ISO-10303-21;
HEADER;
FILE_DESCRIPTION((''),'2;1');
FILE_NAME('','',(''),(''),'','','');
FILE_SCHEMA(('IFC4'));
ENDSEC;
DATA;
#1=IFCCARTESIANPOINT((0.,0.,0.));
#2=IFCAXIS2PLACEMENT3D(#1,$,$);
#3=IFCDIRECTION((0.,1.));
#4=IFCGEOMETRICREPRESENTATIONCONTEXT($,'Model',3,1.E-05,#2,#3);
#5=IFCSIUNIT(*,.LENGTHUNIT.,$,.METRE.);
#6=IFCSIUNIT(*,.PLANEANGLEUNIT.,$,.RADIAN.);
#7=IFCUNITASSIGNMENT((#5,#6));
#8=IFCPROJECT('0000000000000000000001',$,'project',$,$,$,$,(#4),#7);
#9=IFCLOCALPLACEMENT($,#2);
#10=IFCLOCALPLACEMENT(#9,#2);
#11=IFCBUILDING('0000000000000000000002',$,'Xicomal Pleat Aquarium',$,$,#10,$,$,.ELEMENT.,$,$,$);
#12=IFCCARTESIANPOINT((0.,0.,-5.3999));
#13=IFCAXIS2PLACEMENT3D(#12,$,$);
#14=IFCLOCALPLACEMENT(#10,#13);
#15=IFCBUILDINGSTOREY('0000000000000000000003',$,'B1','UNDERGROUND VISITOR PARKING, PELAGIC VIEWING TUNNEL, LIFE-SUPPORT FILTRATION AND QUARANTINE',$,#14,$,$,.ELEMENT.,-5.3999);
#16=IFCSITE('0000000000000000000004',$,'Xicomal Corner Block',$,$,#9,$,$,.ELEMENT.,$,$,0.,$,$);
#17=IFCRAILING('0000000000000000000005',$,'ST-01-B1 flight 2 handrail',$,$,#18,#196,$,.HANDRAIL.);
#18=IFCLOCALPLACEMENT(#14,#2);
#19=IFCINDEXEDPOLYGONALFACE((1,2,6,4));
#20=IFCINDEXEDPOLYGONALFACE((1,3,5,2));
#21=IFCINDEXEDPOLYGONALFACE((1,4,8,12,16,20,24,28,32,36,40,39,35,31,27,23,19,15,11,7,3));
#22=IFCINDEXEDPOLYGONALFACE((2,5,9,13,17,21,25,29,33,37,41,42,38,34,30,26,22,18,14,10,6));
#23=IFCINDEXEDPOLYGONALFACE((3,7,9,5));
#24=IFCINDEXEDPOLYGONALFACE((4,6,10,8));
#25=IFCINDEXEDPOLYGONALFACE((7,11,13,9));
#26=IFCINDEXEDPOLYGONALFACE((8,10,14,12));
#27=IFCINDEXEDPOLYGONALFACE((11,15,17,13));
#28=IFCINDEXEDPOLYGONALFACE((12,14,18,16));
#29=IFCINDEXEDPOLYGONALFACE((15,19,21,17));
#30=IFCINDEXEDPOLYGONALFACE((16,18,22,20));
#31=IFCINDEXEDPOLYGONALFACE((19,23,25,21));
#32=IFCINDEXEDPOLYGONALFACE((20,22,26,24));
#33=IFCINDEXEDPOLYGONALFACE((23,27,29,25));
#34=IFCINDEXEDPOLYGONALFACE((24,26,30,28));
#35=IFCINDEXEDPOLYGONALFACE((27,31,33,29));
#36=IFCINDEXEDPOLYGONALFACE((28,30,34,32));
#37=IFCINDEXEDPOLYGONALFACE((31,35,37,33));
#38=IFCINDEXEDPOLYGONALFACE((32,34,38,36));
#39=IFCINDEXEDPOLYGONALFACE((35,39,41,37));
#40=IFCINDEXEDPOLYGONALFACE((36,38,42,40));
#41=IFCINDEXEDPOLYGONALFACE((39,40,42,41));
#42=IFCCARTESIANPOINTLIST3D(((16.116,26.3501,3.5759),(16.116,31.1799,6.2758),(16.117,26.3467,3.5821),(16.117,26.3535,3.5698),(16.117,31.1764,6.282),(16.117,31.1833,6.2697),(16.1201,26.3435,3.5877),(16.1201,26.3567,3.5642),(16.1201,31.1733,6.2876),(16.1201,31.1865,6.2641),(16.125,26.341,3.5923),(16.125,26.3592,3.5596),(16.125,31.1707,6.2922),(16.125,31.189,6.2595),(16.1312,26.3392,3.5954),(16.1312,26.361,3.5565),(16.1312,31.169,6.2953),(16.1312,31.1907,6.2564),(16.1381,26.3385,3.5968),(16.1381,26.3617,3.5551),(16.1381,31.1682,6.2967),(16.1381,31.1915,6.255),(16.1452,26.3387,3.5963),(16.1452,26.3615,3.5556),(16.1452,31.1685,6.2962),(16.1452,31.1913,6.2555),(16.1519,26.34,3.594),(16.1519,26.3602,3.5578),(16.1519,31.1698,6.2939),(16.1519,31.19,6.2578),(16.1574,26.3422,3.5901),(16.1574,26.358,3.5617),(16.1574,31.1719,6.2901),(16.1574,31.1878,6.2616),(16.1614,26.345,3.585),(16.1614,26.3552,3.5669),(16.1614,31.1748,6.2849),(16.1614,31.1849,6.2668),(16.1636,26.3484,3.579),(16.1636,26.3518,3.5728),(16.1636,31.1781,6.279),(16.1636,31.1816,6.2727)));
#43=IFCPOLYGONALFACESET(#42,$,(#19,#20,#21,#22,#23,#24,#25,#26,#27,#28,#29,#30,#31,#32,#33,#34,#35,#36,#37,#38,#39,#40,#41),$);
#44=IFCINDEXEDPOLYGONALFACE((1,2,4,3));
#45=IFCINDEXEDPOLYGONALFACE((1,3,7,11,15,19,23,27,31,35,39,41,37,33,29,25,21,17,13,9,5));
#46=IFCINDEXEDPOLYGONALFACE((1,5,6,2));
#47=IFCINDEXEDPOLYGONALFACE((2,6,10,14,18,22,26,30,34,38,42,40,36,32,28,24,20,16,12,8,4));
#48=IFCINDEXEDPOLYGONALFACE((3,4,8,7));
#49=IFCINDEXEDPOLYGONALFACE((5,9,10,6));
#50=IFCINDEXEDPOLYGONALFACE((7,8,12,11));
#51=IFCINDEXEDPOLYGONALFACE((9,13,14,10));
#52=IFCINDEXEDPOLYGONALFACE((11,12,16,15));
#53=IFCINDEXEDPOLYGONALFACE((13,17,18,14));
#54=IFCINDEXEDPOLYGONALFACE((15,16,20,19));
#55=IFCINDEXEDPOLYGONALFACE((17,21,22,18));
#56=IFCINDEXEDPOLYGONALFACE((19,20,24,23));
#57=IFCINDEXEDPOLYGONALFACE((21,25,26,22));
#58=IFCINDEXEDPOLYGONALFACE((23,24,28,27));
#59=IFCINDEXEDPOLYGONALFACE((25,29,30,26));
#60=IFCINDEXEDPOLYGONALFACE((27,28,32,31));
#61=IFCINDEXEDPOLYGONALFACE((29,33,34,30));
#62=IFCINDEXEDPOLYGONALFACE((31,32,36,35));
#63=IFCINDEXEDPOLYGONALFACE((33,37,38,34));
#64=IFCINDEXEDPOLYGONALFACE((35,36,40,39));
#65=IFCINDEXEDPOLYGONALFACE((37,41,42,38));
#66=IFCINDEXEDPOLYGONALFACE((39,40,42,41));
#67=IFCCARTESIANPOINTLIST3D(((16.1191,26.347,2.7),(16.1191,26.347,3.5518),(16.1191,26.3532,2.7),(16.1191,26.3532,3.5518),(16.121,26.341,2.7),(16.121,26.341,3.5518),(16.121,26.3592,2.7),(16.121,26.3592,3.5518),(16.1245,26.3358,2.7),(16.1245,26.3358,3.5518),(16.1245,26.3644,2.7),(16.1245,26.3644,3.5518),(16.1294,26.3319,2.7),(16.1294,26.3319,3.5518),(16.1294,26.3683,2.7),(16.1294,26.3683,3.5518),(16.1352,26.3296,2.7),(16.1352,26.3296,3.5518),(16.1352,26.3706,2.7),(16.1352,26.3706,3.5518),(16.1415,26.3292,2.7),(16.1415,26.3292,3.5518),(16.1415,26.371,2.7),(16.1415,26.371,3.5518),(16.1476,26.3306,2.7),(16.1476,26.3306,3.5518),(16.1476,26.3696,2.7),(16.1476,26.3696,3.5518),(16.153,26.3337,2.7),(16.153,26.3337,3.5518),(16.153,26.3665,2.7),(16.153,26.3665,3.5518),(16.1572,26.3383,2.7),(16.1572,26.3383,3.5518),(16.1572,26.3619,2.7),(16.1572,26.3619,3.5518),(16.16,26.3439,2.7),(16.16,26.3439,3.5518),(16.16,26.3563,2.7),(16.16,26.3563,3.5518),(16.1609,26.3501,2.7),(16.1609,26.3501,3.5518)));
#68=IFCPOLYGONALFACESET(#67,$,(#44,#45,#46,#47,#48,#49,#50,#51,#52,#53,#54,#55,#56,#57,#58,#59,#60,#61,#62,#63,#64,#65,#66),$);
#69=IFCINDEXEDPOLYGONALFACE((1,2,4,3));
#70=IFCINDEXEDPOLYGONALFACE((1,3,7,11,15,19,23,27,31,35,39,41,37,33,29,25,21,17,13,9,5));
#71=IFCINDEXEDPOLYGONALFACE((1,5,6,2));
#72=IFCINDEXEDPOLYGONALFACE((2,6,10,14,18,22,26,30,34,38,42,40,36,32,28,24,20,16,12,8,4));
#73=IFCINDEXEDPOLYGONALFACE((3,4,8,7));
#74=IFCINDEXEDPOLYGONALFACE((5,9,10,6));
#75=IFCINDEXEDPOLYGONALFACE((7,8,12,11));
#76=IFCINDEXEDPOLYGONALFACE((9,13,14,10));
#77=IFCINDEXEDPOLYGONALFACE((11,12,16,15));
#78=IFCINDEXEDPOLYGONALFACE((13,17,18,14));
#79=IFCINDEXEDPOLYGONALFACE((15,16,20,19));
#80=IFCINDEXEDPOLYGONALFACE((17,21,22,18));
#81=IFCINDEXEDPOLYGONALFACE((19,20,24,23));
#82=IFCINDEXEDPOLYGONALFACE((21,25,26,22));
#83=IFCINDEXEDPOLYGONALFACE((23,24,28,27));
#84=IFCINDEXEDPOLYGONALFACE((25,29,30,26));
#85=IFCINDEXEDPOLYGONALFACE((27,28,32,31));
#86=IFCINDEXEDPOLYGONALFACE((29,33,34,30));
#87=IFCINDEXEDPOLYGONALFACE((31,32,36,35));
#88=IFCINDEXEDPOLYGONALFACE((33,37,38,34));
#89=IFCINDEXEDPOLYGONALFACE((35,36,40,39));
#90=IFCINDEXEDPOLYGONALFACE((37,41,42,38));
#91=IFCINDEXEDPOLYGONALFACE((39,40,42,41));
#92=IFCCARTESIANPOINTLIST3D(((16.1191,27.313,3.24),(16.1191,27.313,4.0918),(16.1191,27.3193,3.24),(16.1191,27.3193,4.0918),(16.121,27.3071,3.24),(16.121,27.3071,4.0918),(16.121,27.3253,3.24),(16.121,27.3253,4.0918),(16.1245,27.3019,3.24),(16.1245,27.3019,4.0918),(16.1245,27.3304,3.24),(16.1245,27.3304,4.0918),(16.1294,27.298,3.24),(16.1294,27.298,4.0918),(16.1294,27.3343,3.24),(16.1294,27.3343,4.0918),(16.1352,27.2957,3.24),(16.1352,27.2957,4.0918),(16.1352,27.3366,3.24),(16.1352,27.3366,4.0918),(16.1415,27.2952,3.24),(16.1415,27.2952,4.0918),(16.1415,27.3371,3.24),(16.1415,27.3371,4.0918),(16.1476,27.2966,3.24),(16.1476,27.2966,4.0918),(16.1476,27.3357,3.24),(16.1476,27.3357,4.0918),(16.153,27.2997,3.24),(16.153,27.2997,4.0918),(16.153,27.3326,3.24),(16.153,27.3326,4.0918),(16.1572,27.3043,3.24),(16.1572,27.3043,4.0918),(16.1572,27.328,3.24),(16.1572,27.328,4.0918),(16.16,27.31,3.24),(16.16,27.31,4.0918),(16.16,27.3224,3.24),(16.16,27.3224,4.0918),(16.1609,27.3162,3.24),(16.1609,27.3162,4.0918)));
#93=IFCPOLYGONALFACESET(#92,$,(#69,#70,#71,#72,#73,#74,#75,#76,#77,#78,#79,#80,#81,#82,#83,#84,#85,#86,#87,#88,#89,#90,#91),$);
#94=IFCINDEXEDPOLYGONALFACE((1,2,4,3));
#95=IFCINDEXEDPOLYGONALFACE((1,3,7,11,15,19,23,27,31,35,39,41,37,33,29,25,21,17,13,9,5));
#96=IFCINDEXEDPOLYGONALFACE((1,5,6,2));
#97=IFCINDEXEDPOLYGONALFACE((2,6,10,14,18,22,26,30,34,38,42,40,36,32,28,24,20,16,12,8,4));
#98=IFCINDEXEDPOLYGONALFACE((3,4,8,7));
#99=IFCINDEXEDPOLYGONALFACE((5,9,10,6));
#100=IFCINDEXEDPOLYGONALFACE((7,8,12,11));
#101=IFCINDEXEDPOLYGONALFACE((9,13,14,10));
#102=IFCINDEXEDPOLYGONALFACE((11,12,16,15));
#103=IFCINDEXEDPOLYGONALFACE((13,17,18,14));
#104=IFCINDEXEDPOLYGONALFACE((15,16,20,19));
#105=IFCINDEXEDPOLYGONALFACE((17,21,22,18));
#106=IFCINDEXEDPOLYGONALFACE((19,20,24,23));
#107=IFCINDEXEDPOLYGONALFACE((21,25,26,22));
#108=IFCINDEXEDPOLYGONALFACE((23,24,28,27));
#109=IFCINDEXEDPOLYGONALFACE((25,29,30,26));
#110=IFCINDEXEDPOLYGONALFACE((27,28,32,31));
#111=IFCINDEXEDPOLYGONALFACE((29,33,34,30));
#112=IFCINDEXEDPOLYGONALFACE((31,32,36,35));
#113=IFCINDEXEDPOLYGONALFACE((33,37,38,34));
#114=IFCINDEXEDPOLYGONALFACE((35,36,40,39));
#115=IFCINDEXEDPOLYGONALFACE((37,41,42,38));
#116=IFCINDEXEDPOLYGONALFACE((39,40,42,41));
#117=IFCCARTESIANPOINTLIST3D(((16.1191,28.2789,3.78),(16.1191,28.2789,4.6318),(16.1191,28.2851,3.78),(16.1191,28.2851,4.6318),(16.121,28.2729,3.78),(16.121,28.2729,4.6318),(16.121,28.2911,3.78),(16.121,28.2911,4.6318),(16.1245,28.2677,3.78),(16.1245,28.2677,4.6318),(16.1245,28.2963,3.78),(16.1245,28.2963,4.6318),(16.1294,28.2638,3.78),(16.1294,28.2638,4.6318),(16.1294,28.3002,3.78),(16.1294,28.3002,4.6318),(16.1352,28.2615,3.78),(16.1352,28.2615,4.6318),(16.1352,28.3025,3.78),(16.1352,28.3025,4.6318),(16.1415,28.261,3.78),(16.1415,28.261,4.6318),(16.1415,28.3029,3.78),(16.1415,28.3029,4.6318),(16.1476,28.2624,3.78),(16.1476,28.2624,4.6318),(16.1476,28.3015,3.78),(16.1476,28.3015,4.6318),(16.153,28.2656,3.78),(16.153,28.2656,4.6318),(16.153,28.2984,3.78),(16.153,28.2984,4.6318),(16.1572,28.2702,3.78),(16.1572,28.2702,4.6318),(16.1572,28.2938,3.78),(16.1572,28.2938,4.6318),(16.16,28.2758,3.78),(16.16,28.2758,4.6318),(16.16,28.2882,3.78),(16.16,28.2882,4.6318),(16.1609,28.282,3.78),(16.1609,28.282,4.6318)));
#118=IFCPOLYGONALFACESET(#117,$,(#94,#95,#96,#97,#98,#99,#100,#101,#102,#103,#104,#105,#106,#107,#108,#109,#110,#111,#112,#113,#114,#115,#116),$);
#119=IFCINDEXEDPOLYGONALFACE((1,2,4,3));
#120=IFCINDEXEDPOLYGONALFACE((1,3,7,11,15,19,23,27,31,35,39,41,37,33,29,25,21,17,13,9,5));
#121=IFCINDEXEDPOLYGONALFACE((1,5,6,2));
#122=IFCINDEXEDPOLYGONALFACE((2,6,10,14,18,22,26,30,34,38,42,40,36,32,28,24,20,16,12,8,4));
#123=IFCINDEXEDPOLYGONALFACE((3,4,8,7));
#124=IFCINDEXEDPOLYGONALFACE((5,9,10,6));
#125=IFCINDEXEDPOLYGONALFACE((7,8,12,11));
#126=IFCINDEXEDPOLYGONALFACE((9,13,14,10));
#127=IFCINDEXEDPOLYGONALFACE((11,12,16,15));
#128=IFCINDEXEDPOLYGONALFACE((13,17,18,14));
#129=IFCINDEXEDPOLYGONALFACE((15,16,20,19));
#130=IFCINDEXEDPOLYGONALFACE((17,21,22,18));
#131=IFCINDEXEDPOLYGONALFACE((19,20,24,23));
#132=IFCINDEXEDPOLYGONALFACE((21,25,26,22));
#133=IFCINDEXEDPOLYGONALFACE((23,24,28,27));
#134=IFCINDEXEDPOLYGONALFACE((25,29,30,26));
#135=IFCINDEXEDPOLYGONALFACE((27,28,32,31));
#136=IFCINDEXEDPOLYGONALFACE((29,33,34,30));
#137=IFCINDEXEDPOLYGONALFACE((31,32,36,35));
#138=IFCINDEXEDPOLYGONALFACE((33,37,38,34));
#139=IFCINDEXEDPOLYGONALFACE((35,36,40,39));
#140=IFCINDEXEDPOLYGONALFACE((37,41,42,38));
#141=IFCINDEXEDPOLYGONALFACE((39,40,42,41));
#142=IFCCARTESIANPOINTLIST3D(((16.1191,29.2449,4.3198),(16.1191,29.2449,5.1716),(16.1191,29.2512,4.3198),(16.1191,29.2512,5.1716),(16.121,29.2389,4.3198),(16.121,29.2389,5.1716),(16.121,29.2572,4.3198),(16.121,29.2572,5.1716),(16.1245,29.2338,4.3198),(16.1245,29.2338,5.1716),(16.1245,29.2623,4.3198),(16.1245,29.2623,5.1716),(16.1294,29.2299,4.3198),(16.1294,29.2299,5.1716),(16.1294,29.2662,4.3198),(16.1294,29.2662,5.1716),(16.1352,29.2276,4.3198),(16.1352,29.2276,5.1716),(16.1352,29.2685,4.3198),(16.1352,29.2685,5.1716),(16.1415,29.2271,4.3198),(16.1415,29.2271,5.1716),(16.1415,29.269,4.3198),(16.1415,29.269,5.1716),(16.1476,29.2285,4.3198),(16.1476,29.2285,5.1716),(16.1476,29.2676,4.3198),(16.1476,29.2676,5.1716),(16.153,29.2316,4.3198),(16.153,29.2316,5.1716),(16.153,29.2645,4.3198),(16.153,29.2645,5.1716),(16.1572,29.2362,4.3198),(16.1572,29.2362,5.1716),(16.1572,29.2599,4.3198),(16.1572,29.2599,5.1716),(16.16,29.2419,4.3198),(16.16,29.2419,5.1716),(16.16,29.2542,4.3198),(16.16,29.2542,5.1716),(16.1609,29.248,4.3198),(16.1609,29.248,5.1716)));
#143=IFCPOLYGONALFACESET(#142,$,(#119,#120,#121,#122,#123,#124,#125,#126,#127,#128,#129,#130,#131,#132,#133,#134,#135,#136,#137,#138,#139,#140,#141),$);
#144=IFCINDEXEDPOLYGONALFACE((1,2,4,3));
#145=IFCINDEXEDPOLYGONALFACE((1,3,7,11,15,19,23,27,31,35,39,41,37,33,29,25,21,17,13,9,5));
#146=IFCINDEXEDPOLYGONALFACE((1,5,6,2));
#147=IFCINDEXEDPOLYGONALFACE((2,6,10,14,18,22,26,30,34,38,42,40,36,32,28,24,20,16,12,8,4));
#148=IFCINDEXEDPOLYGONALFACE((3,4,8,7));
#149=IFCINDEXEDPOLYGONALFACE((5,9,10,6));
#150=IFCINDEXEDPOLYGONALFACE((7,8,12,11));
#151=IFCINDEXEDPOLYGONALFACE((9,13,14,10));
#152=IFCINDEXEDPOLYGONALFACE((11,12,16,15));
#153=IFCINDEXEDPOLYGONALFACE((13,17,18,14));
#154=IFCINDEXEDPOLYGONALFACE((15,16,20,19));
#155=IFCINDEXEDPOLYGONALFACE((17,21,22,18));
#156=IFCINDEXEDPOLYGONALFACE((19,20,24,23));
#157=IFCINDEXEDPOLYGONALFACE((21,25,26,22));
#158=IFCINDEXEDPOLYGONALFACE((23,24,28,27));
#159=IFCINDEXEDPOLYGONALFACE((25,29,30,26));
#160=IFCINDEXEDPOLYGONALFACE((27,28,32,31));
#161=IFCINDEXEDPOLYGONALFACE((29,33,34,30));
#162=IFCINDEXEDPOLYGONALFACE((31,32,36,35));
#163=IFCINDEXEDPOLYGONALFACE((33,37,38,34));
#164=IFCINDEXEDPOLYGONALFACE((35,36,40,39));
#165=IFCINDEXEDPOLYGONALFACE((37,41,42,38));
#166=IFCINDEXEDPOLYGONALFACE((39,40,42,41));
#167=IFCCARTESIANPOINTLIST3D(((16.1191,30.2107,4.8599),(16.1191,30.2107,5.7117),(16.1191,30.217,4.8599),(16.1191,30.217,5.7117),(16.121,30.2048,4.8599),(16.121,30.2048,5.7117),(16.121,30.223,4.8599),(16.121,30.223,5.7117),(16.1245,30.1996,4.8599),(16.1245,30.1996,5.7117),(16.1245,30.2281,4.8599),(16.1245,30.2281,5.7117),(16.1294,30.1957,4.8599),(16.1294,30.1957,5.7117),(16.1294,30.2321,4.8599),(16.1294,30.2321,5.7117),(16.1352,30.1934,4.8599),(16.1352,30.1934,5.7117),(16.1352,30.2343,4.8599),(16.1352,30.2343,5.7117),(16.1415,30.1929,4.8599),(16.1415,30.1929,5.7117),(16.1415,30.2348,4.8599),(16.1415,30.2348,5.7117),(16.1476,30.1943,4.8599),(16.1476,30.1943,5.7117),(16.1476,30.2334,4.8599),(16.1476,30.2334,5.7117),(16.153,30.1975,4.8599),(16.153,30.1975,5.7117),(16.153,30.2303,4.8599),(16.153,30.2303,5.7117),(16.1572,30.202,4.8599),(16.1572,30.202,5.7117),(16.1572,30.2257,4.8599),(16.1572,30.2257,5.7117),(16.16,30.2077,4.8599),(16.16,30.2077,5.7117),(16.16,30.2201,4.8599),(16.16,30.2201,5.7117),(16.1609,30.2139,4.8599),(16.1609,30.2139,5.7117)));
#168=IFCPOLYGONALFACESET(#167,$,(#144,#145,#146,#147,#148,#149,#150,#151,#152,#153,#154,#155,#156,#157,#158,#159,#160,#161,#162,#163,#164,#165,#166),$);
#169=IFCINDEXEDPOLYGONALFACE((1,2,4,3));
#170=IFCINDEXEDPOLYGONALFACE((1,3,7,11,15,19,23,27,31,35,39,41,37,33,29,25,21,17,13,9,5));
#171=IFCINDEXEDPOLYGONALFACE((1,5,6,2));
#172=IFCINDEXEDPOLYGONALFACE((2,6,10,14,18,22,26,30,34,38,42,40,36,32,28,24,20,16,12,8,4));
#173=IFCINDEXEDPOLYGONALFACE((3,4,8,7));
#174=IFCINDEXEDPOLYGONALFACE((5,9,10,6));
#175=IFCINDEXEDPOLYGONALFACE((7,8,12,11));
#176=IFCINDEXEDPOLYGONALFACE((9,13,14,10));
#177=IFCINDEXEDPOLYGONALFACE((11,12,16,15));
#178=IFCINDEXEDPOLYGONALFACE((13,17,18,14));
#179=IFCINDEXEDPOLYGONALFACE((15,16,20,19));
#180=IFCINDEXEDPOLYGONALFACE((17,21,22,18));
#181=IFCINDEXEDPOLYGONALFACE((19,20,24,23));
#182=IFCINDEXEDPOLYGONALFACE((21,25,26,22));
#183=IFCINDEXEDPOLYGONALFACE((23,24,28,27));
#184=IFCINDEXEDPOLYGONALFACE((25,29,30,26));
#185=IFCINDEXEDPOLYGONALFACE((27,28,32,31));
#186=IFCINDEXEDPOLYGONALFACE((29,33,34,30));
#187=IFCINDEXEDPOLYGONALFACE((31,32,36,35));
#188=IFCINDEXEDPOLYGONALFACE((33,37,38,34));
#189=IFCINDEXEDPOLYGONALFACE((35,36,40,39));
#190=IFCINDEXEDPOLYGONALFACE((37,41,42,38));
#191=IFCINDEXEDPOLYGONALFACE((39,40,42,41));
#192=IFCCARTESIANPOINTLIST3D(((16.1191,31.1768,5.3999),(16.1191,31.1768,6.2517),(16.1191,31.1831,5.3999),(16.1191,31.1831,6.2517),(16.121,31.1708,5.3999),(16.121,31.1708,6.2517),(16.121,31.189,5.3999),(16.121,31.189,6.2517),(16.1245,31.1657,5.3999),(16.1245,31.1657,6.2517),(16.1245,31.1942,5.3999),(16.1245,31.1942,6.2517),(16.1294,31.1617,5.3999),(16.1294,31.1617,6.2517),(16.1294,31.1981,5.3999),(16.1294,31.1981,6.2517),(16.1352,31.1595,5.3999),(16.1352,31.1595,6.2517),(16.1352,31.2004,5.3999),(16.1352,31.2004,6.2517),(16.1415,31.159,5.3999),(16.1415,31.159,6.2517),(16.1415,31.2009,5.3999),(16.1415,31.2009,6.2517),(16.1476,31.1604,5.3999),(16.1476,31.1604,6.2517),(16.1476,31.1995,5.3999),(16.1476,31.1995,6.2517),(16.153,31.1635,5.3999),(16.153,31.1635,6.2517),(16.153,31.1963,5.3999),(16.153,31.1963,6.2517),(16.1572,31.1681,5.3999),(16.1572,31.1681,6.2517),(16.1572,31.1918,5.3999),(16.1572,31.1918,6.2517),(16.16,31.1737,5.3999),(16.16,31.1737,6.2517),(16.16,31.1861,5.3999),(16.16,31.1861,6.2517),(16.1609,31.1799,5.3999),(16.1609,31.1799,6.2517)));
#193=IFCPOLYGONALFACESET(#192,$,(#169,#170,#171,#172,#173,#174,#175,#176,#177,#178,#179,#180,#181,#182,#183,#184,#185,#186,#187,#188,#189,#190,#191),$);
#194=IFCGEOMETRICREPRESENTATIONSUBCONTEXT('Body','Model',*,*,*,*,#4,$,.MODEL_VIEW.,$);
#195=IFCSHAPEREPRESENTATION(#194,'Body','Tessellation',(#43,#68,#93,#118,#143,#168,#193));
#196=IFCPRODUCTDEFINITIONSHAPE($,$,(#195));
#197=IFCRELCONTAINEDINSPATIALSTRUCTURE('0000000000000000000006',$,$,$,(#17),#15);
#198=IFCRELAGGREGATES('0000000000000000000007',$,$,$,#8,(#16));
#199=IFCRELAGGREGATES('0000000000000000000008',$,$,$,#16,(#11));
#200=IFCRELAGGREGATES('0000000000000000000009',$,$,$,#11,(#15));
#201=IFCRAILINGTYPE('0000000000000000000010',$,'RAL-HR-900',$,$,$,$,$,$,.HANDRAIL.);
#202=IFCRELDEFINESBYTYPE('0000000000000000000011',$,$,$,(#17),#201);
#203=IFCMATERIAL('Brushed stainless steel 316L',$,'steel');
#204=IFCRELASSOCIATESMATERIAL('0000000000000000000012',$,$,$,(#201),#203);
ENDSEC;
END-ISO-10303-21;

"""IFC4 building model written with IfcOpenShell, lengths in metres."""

from ifc_helpers import new_model, si_unit, direction, frame, origin, origin_2d, place, context, subcontext, project, spatial, circle, extrude, material, type_object, element, save


model = new_model("IFC4")

# Units and contexts
model_context = context("Model", 3, precision=1e-05, world=origin(), true_north=direction((0.0, 1.0)))
body_context = subcontext(model_context, "Body", "Model", "MODEL_VIEW")
ifc_project = project(units=[si_unit("LENGTHUNIT", "METRE"), si_unit("PLANEANGLEUNIT", "RADIAN")], contexts=[model_context])

# Site, building, storey
site_placement = place(None, origin())
site = spatial("IfcSite", under=ifc_project, at=site_placement, Name="Xicomal Corner Block", CompositionType="ELEMENT", RefElevation=0.0)
building_placement = place(site_placement, origin())
building = spatial("IfcBuilding", under=site, at=building_placement, Name="Xicomal Pleat Aquarium", CompositionType="ELEMENT")
storey_placement = place(building_placement, frame((0.0, 0.0, -5.3999)))
storey = spatial("IfcBuildingStorey", under=building, at=storey_placement, Name="B1", Description="UNDERGROUND VISITOR PARKING, PELAGIC VIEWING TUNNEL, LIFE-SUPPORT FILTRATION AND QUARANTINE", CompositionType="ELEMENT", Elevation=-5.3999)

# Railing
ifc_material_1 = material(Name="Brushed stainless steel 316L", Category="steel")
railing_type_1 = type_object("IfcRailingType", Name="RAL-HR-900", PredefinedType="HANDRAIL", material=ifc_material_1)
railing_1_placement = place(storey_placement, frame((16.1399, 26.3501, 2.7)))
element("IfcRailing", 1, at=railing_1_placement, inside=storey, type_object=railing_type_1, Name="ST-01-B1 flight 2 handrail", PredefinedType="HANDRAIL", context=body_context, shape_type="SweptSolid", body=[
    extrude(circle(Radius=0.0239, at=origin_2d()), frame((0.0, 0.0, 0.876), z_axis=(0.0, 0.872872, 0.487949), x_axis=(-1.0, 0.0, 0.0)), (0.0, 0.0, 1.0), 5.5332),
    extrude(circle(Radius=0.021, at=origin_2d()), origin(), (0.0, 0.0, 1.0), 0.8518),
    extrude(circle(Radius=0.021, at=origin_2d()), frame((0.0, 0.9661, 0.54)), (0.0, 0.0, 1.0), 0.8518),
    extrude(circle(Radius=0.021, at=origin_2d()), frame((0.0, 1.9319, 1.0801)), (0.0, 0.0, 1.0), 0.8518),
    extrude(circle(Radius=0.021, at=origin_2d()), frame((0.0, 2.8979, 1.6199)), (0.0, 0.0, 1.0), 0.8518),
    extrude(circle(Radius=0.021, at=origin_2d()), frame((0.0, 3.8638, 2.1599)), (0.0, 0.0, 1.0), 0.8518),
    extrude(circle(Radius=0.021, at=origin_2d()), frame((0.0, 4.8298, 2.7)), (0.0, 0.0, 1.0), 0.8518),
])

save(model, "model.ifc")
